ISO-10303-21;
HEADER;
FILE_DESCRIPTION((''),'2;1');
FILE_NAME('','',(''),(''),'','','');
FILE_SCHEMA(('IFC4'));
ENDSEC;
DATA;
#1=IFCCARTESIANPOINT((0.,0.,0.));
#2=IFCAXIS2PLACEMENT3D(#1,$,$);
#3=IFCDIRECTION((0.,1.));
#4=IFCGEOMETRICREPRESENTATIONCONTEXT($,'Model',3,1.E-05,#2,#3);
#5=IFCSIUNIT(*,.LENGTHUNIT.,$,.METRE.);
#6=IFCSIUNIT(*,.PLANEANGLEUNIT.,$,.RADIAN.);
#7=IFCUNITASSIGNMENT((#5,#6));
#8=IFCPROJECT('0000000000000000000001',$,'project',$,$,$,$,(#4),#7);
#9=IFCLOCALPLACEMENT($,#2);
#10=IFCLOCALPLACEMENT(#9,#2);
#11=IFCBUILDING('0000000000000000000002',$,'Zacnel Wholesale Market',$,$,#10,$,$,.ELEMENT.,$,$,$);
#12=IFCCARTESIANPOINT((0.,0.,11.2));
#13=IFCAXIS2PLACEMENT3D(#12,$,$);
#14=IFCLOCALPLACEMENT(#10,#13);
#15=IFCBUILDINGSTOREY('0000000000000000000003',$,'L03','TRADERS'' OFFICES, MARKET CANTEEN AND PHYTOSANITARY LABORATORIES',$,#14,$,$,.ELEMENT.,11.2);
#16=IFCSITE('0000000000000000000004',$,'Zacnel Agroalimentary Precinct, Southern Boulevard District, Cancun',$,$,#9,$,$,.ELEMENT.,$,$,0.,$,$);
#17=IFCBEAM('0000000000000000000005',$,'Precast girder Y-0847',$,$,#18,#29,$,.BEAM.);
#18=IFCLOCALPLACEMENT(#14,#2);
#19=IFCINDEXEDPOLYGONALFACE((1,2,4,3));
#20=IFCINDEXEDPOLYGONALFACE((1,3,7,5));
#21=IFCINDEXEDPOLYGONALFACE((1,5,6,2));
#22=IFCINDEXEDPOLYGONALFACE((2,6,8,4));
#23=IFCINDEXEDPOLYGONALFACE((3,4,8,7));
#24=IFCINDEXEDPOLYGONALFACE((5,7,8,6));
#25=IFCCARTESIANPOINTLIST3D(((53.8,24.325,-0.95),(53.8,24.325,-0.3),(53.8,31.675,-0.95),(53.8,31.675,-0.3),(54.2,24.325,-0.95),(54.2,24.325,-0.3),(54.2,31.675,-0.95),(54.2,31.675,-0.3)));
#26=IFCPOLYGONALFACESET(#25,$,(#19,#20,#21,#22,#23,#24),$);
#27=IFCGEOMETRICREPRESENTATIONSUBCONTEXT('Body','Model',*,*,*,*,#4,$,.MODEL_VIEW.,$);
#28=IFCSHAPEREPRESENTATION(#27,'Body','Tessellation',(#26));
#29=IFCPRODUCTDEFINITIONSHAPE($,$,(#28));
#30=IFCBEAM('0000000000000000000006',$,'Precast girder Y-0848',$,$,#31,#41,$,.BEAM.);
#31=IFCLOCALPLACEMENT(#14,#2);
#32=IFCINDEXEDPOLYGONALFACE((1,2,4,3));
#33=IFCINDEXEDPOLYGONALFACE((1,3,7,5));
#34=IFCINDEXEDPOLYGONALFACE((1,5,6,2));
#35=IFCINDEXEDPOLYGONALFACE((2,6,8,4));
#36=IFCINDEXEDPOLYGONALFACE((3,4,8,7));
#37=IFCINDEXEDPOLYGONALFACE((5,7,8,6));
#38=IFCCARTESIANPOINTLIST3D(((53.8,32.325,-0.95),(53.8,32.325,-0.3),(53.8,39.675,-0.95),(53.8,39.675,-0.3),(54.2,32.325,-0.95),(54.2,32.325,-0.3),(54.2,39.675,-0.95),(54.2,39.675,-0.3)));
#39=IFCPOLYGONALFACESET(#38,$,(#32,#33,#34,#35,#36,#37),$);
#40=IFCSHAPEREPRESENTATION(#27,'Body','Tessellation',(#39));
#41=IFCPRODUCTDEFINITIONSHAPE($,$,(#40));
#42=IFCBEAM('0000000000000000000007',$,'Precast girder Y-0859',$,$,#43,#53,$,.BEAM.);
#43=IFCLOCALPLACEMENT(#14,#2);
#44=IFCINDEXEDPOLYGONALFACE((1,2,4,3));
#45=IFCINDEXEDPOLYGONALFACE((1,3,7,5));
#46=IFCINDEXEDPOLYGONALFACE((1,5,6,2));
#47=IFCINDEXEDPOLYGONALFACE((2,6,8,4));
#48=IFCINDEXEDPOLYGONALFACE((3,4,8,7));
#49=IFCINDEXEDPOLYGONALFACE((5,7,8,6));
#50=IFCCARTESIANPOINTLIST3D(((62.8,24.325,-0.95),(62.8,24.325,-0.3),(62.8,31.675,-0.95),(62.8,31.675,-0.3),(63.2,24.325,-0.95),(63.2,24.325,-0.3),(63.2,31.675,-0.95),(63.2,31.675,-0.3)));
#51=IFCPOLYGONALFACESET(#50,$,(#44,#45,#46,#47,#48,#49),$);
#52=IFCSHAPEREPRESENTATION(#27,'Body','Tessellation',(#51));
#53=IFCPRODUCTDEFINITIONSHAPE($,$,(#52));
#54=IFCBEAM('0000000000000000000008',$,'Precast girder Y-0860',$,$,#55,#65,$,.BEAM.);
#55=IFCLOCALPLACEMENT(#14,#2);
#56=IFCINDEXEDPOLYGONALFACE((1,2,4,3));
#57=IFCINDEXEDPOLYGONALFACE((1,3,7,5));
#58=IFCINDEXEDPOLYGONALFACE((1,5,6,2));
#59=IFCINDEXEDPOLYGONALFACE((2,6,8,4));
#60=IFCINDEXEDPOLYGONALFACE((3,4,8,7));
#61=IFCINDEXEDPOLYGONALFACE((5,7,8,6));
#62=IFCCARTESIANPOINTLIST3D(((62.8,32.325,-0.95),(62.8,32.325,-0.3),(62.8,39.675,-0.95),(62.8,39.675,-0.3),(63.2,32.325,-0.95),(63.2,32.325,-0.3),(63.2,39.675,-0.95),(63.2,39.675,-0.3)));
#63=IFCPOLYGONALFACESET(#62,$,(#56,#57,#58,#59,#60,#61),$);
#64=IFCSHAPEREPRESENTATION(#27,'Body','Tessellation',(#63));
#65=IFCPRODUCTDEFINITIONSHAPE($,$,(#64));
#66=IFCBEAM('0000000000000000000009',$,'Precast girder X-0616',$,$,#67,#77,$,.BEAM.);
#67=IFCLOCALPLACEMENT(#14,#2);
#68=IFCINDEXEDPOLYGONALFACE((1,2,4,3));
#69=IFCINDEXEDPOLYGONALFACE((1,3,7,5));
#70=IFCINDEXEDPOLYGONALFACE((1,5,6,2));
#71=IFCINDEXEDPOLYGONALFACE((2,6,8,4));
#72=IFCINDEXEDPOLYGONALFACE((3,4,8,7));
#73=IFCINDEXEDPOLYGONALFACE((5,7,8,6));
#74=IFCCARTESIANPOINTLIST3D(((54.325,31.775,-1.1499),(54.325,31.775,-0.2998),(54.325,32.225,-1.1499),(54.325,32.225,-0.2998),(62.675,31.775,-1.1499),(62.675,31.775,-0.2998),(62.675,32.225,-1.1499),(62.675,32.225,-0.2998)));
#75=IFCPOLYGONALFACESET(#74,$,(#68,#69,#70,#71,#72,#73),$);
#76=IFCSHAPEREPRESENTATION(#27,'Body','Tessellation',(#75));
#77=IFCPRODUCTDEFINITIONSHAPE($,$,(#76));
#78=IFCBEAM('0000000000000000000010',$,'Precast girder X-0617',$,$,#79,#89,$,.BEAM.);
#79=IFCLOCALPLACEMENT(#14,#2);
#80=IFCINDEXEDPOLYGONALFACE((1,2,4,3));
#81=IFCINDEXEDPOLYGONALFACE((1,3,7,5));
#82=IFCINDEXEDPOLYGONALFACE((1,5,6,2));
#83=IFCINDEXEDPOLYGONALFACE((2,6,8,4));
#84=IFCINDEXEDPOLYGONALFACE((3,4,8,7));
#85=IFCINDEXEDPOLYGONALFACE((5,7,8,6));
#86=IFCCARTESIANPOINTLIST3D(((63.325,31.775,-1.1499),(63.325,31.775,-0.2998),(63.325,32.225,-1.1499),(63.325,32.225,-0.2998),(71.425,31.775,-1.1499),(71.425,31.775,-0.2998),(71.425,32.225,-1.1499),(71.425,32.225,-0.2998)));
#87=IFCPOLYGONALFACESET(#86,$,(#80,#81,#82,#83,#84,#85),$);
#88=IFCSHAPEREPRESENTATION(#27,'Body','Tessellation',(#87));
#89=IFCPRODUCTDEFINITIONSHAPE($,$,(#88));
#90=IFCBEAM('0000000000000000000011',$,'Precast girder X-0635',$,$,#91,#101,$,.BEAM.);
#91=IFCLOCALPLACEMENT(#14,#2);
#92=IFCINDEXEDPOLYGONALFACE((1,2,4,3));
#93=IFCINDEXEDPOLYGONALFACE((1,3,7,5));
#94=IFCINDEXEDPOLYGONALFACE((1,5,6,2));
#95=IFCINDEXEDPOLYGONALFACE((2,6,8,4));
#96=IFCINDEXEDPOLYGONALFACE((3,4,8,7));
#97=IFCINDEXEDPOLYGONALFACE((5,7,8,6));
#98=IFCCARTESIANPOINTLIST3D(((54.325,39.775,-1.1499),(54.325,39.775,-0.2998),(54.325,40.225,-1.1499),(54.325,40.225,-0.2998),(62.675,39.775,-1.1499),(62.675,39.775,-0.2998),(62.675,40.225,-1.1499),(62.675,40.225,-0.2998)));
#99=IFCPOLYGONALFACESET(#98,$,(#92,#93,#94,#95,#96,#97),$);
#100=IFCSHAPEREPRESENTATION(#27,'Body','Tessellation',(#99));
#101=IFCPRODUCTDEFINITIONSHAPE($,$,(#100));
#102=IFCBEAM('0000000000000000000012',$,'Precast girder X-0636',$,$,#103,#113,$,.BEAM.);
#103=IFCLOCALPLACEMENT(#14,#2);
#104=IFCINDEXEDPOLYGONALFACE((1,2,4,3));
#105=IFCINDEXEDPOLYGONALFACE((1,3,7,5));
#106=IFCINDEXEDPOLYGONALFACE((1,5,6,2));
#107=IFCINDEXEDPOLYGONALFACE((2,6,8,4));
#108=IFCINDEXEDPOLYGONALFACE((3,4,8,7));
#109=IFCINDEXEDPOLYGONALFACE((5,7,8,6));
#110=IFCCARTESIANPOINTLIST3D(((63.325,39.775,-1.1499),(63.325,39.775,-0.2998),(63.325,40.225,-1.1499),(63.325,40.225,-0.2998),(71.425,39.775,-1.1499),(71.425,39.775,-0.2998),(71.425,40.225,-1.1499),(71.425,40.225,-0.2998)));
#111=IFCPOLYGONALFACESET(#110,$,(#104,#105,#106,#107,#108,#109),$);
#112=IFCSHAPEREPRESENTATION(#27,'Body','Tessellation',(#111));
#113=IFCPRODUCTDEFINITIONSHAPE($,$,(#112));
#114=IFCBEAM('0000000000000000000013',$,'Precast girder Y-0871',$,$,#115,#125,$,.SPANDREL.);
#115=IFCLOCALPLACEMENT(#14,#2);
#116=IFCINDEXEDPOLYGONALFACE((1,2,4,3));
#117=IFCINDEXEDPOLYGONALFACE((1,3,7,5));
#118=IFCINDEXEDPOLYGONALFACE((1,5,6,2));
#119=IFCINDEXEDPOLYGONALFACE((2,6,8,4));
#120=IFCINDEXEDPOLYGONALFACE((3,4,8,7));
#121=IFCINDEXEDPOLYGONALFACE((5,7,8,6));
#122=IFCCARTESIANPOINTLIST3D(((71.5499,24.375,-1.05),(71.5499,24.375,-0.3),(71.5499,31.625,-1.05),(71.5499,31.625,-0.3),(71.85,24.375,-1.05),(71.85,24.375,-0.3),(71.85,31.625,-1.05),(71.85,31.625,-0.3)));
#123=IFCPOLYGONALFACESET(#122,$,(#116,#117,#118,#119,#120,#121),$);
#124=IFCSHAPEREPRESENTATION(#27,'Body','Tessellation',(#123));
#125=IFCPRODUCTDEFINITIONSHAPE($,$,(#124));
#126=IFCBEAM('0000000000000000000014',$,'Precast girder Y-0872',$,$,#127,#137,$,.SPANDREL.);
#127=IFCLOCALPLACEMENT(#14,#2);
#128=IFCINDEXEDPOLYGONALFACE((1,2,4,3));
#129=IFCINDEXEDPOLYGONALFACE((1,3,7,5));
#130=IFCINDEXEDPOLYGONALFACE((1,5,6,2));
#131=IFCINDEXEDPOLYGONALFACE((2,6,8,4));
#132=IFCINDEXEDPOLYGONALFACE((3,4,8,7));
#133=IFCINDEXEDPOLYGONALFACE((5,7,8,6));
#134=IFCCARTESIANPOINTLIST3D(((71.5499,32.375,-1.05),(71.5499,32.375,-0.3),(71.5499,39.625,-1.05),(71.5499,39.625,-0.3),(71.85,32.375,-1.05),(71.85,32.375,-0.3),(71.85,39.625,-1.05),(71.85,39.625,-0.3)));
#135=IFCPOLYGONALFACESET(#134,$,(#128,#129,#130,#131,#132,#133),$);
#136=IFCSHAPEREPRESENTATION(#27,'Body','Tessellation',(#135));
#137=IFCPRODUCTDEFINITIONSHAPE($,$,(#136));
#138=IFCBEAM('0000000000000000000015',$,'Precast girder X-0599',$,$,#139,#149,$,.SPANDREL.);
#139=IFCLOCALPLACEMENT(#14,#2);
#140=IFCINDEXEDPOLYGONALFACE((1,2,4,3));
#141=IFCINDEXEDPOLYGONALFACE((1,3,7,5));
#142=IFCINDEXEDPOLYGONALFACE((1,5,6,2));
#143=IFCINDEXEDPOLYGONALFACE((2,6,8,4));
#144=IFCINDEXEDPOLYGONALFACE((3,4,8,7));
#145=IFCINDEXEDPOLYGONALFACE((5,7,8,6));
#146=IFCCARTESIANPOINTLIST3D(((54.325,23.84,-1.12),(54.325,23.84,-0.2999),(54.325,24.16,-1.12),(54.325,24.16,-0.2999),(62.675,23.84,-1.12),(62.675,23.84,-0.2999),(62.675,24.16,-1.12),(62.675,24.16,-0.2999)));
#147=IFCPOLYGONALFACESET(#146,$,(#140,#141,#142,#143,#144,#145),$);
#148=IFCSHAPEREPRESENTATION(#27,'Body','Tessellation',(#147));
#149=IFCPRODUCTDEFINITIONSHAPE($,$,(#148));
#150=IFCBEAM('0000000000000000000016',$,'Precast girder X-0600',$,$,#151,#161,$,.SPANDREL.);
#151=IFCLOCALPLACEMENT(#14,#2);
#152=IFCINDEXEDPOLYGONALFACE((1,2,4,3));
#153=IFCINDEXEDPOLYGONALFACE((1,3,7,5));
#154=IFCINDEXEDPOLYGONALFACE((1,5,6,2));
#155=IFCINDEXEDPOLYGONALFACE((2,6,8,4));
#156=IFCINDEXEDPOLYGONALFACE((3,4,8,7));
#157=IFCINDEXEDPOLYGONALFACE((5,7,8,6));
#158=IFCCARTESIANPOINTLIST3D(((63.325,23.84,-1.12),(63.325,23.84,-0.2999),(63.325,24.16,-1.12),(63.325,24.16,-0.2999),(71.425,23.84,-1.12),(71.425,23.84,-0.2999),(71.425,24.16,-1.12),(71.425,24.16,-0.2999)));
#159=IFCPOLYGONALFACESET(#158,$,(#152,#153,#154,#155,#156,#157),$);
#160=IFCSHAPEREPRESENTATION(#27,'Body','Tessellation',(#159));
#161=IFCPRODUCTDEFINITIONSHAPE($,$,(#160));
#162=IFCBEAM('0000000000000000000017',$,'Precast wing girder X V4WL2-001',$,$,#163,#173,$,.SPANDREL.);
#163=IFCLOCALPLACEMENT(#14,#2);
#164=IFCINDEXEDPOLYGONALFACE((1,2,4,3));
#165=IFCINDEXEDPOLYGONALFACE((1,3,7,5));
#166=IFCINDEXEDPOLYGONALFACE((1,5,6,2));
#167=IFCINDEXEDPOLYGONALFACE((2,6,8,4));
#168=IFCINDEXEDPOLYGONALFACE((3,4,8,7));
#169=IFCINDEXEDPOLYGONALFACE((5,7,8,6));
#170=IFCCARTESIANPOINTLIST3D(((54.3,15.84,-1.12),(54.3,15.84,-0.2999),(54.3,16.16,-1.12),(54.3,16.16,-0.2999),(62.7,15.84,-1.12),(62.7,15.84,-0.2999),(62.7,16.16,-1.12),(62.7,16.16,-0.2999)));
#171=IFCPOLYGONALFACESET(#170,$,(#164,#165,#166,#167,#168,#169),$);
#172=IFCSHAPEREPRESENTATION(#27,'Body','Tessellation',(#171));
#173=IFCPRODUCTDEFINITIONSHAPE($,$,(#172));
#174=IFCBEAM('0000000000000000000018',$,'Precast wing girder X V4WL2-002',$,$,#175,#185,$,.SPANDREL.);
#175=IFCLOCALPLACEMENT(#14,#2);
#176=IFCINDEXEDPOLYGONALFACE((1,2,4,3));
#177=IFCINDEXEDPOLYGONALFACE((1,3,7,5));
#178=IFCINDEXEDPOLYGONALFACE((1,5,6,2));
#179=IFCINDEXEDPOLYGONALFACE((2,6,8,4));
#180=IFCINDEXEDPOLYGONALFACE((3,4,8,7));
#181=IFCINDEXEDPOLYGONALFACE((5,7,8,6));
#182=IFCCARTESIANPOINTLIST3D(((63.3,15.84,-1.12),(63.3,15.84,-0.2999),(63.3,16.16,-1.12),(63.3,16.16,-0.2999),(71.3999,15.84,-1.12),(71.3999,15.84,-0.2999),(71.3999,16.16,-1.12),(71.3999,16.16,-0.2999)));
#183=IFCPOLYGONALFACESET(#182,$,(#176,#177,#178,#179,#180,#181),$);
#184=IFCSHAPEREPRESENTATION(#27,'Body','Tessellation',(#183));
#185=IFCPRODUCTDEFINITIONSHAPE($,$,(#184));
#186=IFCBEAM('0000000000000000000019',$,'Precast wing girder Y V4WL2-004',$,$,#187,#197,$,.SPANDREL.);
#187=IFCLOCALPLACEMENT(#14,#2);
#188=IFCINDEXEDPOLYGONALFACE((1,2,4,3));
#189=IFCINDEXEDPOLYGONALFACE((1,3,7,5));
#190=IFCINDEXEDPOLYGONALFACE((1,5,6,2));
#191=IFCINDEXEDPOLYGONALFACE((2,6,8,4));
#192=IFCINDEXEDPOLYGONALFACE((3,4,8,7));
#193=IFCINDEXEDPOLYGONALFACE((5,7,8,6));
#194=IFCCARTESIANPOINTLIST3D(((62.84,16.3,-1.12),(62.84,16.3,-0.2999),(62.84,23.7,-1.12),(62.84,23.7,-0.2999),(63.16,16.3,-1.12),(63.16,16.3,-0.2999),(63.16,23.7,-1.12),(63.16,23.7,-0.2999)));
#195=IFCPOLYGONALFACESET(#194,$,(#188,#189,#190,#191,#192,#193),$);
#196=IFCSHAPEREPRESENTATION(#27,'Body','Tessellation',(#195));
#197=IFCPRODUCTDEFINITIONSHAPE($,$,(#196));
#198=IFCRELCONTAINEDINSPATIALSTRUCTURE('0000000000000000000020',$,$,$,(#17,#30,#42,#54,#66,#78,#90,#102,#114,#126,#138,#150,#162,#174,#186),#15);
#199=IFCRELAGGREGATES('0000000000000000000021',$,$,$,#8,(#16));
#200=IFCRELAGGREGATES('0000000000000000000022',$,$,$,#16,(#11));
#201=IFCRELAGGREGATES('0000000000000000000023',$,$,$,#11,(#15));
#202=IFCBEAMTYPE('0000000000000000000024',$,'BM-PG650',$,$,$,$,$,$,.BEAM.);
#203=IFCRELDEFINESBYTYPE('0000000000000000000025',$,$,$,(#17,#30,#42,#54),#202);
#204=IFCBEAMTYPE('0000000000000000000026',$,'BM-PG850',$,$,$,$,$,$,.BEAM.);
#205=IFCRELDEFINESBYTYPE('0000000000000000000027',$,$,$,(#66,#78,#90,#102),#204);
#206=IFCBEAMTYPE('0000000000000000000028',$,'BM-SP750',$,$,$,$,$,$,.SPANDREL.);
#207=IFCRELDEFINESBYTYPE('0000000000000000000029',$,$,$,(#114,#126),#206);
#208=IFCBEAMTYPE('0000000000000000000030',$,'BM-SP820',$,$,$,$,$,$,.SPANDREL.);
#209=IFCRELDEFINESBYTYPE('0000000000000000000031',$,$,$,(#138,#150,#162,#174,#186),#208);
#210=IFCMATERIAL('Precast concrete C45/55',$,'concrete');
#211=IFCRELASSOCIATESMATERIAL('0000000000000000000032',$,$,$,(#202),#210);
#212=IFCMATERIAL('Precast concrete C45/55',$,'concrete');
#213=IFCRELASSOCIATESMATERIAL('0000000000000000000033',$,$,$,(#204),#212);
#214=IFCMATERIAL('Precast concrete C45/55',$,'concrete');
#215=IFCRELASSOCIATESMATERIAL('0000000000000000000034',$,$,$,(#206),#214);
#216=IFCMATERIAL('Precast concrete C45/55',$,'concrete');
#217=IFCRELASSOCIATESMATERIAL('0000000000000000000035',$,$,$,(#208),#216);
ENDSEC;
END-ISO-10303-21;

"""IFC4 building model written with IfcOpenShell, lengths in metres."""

from ifc_helpers import new_model, si_unit, direction, frame, origin, origin_2d, place, context, subcontext, project, spatial, rectangle, extrude, material, material_profile, profile_set, type_object, element, save


model = new_model("IFC4")

# Units and contexts
model_context = context("Model", 3, precision=1e-05, world=origin(), true_north=direction((0.0, 1.0)))
body_context = subcontext(model_context, "Body", "Model", "MODEL_VIEW")
ifc_project = project(units=[si_unit("LENGTHUNIT", "METRE"), si_unit("PLANEANGLEUNIT", "RADIAN")], contexts=[model_context])

# Site, building, storey
site_placement = place(None, origin())
site = spatial("IfcSite", under=ifc_project, at=site_placement, Name="Zacnel Agroalimentary Precinct, Southern Boulevard District, Cancun", CompositionType="ELEMENT", RefElevation=0.0)
building_placement = place(site_placement, origin())
building = spatial("IfcBuilding", under=site, at=building_placement, Name="Zacnel Wholesale Market", CompositionType="ELEMENT")
storey_placement = place(building_placement, frame((0.0, 0.0, 11.2)))
storey = spatial("IfcBuildingStorey", under=building, at=storey_placement, Name="L03", Description="TRADERS' OFFICES, MARKET CANTEEN AND PHYTOSANITARY LABORATORIES", CompositionType="ELEMENT", Elevation=11.2)

# Beams
ifc_material_1 = material(Name="Precast concrete C45/55", Category="concrete")
ifc_material_profile_1 = material_profile(ifc_material_1, rectangle(XDim=0.3999, YDim=0.6499, at=origin_2d()), Name="PG 400x650")
ifc_profile_set_1 = profile_set([ifc_material_profile_1], Name="Precast concrete C45/55")
beam_type_1 = type_object("IfcBeamType", Name="BM-PG650", PredefinedType="BEAM", material=ifc_profile_set_1)
for number, where, z_axis, x_axis, name in (
    (1, (54.0, 24.325, -0.625), (0.0, 1.0, 0.0), (-1.0, 0.0, 0.0), "Precast girder Y-0847"),
    (2, (54.0, 32.325, -0.625), (0.0, 1.0, 0.0), (-1.0, 0.0, 0.0), "Precast girder Y-0848"),
    (3, (63.0, 24.325, -0.625), (0.0, 1.0, 0.0), (-1.0, 0.0, 0.0), "Precast girder Y-0859"),
    (4, (63.0, 32.325, -0.625), (0.0, 1.0, 0.0), (-1.0, 0.0, 0.0), "Precast girder Y-0860"),
):
    element("IfcBeam", number, at=place(storey_placement, frame(where, z_axis=z_axis, x_axis=x_axis)), inside=storey, type_object=beam_type_1, Name=name, PredefinedType="BEAM", context=body_context, shape_type="SweptSolid", body=[
        extrude(rectangle(XDim=0.3999, YDim=0.6499, at=origin_2d()), origin(), (0.0, 0.0, 1.0), 7.3501),
    ])
ifc_material_2 = material(Name="Precast concrete C45/55", Category="concrete")
ifc_material_profile_2 = material_profile(ifc_material_2, rectangle(XDim=0.45, YDim=0.8501, at=origin_2d()), Name="PG 450x850")
ifc_profile_set_2 = profile_set([ifc_material_profile_2], Name="Precast concrete C45/55")
beam_type_2 = type_object("IfcBeamType", Name="BM-PG850", PredefinedType="BEAM", material=ifc_profile_set_2)
beam_1_placement = place(storey_placement, frame((54.325, 32.0, -0.7249), z_axis=(1.0, 0.0, 0.0), x_axis=(0.0, 1.0, 0.0)))
element("IfcBeam", 5, at=beam_1_placement, inside=storey, type_object=beam_type_2, Name="Precast girder X-0616", PredefinedType="BEAM", context=body_context, shape_type="SweptSolid", body=[
    extrude(rectangle(XDim=0.45, YDim=0.8501, at=origin_2d()), origin(), (0.0, 0.0, 1.0), 8.3501),
])
beam_2_placement = place(storey_placement, frame((63.325, 32.0, -0.7249), z_axis=(1.0, 0.0, 0.0), x_axis=(0.0, 1.0, 0.0)))
element("IfcBeam", 6, at=beam_2_placement, inside=storey, type_object=beam_type_2, Name="Precast girder X-0617", PredefinedType="BEAM", context=body_context, shape_type="SweptSolid", body=[
    extrude(rectangle(XDim=0.45, YDim=0.8501, at=origin_2d()), origin(), (0.0, 0.0, 1.0), 8.1001),
])
beam_3_placement = place(storey_placement, frame((54.325, 40.0, -0.7249), z_axis=(1.0, 0.0, 0.0), x_axis=(0.0, 1.0, 0.0)))
element("IfcBeam", 7, at=beam_3_placement, inside=storey, type_object=beam_type_2, Name="Precast girder X-0635", PredefinedType="BEAM", context=body_context, shape_type="SweptSolid", body=[
    extrude(rectangle(XDim=0.45, YDim=0.8501, at=origin_2d()), origin(), (0.0, 0.0, 1.0), 8.3501),
])
beam_4_placement = place(storey_placement, frame((63.325, 40.0, -0.7249), z_axis=(1.0, 0.0, 0.0), x_axis=(0.0, 1.0, 0.0)))
element("IfcBeam", 8, at=beam_4_placement, inside=storey, type_object=beam_type_2, Name="Precast girder X-0636", PredefinedType="BEAM", context=body_context, shape_type="SweptSolid", body=[
    extrude(rectangle(XDim=0.45, YDim=0.8501, at=origin_2d()), origin(), (0.0, 0.0, 1.0), 8.1001),
])
ifc_material_3 = material(Name="Precast concrete C45/55", Category="concrete")
ifc_material_profile_3 = material_profile(ifc_material_3, rectangle(XDim=0.3, YDim=0.75, at=origin_2d()), Name="SP 300x750")
ifc_profile_set_3 = profile_set([ifc_material_profile_3], Name="Precast concrete C45/55")
beam_type_3 = type_object("IfcBeamType", Name="BM-SP750", PredefinedType="SPANDREL", material=ifc_profile_set_3)
for number, where, z_axis, x_axis, name in (
    (9, (71.7, 24.375, -0.675), (0.0, 1.0, 0.0), (-1.0, 0.0, 0.0), "Precast girder Y-0871"),
    (10, (71.7, 32.375, -0.675), (0.0, 1.0, 0.0), (-1.0, 0.0, 0.0), "Precast girder Y-0872"),
):
    element("IfcBeam", number, at=place(storey_placement, frame(where, z_axis=z_axis, x_axis=x_axis)), inside=storey, type_object=beam_type_3, Name=name, PredefinedType="SPANDREL", context=body_context, shape_type="SweptSolid", body=[
        extrude(rectangle(XDim=0.3, YDim=0.75, at=origin_2d()), origin(), (0.0, 0.0, 1.0), 7.25),
    ])
ifc_material_4 = material(Name="Precast concrete C45/55", Category="concrete")
ifc_material_profile_4 = material_profile(ifc_material_4, rectangle(XDim=0.3201, YDim=0.8201, at=origin_2d()), Name="SP 320x820")
ifc_profile_set_4 = profile_set([ifc_material_profile_4], Name="Precast concrete C45/55")
beam_type_4 = type_object("IfcBeamType", Name="BM-SP820", PredefinedType="SPANDREL", material=ifc_profile_set_4)
beam_5_placement = place(storey_placement, frame((54.325, 24.0, -0.71), z_axis=(1.0, 0.0, 0.0), x_axis=(0.0, 1.0, 0.0)))
element("IfcBeam", 11, at=beam_5_placement, inside=storey, type_object=beam_type_4, Name="Precast girder X-0599", PredefinedType="SPANDREL", context=body_context, shape_type="SweptSolid", body=[
    extrude(rectangle(XDim=0.3201, YDim=0.8201, at=origin_2d()), origin(), (0.0, 0.0, 1.0), 8.3501),
])
beam_6_placement = place(storey_placement, frame((63.325, 24.0, -0.71), z_axis=(1.0, 0.0, 0.0), x_axis=(0.0, 1.0, 0.0)))
element("IfcBeam", 12, at=beam_6_placement, inside=storey, type_object=beam_type_4, Name="Precast girder X-0600", PredefinedType="SPANDREL", context=body_context, shape_type="SweptSolid", body=[
    extrude(rectangle(XDim=0.3201, YDim=0.8201, at=origin_2d()), origin(), (0.0, 0.0, 1.0), 8.1001),
])
beam_7_placement = place(storey_placement, frame((54.3, 16.0, -0.71), z_axis=(1.0, 0.0, 0.0), x_axis=(0.0, 1.0, 0.0)))
element("IfcBeam", 13, at=beam_7_placement, inside=storey, type_object=beam_type_4, Name="Precast wing girder X V4WL2-001", PredefinedType="SPANDREL", context=body_context, shape_type="SweptSolid", body=[
    extrude(rectangle(XDim=0.3201, YDim=0.8201, at=origin_2d()), origin(), (0.0, 0.0, 1.0), 8.3999),
])
beam_8_placement = place(storey_placement, frame((63.3, 16.0, -0.71), z_axis=(1.0, 0.0, 0.0), x_axis=(0.0, 1.0, 0.0)))
element("IfcBeam", 14, at=beam_8_placement, inside=storey, type_object=beam_type_4, Name="Precast wing girder X V4WL2-002", PredefinedType="SPANDREL", context=body_context, shape_type="SweptSolid", body=[
    extrude(rectangle(XDim=0.3201, YDim=0.8201, at=origin_2d()), origin(), (0.0, 0.0, 1.0), 8.0999),
])
beam_9_placement = place(storey_placement, frame((63.0, 16.3, -0.71), z_axis=(0.0, 1.0, 0.0), x_axis=(-1.0, 0.0, 0.0)))
element("IfcBeam", 15, at=beam_9_placement, inside=storey, type_object=beam_type_4, Name="Precast wing girder Y V4WL2-004", PredefinedType="SPANDREL", context=body_context, shape_type="SweptSolid", body=[
    extrude(rectangle(XDim=0.3201, YDim=0.8201, at=origin_2d()), origin(), (0.0, 0.0, 1.0), 7.3999),
])

save(model, "model.ifc")
